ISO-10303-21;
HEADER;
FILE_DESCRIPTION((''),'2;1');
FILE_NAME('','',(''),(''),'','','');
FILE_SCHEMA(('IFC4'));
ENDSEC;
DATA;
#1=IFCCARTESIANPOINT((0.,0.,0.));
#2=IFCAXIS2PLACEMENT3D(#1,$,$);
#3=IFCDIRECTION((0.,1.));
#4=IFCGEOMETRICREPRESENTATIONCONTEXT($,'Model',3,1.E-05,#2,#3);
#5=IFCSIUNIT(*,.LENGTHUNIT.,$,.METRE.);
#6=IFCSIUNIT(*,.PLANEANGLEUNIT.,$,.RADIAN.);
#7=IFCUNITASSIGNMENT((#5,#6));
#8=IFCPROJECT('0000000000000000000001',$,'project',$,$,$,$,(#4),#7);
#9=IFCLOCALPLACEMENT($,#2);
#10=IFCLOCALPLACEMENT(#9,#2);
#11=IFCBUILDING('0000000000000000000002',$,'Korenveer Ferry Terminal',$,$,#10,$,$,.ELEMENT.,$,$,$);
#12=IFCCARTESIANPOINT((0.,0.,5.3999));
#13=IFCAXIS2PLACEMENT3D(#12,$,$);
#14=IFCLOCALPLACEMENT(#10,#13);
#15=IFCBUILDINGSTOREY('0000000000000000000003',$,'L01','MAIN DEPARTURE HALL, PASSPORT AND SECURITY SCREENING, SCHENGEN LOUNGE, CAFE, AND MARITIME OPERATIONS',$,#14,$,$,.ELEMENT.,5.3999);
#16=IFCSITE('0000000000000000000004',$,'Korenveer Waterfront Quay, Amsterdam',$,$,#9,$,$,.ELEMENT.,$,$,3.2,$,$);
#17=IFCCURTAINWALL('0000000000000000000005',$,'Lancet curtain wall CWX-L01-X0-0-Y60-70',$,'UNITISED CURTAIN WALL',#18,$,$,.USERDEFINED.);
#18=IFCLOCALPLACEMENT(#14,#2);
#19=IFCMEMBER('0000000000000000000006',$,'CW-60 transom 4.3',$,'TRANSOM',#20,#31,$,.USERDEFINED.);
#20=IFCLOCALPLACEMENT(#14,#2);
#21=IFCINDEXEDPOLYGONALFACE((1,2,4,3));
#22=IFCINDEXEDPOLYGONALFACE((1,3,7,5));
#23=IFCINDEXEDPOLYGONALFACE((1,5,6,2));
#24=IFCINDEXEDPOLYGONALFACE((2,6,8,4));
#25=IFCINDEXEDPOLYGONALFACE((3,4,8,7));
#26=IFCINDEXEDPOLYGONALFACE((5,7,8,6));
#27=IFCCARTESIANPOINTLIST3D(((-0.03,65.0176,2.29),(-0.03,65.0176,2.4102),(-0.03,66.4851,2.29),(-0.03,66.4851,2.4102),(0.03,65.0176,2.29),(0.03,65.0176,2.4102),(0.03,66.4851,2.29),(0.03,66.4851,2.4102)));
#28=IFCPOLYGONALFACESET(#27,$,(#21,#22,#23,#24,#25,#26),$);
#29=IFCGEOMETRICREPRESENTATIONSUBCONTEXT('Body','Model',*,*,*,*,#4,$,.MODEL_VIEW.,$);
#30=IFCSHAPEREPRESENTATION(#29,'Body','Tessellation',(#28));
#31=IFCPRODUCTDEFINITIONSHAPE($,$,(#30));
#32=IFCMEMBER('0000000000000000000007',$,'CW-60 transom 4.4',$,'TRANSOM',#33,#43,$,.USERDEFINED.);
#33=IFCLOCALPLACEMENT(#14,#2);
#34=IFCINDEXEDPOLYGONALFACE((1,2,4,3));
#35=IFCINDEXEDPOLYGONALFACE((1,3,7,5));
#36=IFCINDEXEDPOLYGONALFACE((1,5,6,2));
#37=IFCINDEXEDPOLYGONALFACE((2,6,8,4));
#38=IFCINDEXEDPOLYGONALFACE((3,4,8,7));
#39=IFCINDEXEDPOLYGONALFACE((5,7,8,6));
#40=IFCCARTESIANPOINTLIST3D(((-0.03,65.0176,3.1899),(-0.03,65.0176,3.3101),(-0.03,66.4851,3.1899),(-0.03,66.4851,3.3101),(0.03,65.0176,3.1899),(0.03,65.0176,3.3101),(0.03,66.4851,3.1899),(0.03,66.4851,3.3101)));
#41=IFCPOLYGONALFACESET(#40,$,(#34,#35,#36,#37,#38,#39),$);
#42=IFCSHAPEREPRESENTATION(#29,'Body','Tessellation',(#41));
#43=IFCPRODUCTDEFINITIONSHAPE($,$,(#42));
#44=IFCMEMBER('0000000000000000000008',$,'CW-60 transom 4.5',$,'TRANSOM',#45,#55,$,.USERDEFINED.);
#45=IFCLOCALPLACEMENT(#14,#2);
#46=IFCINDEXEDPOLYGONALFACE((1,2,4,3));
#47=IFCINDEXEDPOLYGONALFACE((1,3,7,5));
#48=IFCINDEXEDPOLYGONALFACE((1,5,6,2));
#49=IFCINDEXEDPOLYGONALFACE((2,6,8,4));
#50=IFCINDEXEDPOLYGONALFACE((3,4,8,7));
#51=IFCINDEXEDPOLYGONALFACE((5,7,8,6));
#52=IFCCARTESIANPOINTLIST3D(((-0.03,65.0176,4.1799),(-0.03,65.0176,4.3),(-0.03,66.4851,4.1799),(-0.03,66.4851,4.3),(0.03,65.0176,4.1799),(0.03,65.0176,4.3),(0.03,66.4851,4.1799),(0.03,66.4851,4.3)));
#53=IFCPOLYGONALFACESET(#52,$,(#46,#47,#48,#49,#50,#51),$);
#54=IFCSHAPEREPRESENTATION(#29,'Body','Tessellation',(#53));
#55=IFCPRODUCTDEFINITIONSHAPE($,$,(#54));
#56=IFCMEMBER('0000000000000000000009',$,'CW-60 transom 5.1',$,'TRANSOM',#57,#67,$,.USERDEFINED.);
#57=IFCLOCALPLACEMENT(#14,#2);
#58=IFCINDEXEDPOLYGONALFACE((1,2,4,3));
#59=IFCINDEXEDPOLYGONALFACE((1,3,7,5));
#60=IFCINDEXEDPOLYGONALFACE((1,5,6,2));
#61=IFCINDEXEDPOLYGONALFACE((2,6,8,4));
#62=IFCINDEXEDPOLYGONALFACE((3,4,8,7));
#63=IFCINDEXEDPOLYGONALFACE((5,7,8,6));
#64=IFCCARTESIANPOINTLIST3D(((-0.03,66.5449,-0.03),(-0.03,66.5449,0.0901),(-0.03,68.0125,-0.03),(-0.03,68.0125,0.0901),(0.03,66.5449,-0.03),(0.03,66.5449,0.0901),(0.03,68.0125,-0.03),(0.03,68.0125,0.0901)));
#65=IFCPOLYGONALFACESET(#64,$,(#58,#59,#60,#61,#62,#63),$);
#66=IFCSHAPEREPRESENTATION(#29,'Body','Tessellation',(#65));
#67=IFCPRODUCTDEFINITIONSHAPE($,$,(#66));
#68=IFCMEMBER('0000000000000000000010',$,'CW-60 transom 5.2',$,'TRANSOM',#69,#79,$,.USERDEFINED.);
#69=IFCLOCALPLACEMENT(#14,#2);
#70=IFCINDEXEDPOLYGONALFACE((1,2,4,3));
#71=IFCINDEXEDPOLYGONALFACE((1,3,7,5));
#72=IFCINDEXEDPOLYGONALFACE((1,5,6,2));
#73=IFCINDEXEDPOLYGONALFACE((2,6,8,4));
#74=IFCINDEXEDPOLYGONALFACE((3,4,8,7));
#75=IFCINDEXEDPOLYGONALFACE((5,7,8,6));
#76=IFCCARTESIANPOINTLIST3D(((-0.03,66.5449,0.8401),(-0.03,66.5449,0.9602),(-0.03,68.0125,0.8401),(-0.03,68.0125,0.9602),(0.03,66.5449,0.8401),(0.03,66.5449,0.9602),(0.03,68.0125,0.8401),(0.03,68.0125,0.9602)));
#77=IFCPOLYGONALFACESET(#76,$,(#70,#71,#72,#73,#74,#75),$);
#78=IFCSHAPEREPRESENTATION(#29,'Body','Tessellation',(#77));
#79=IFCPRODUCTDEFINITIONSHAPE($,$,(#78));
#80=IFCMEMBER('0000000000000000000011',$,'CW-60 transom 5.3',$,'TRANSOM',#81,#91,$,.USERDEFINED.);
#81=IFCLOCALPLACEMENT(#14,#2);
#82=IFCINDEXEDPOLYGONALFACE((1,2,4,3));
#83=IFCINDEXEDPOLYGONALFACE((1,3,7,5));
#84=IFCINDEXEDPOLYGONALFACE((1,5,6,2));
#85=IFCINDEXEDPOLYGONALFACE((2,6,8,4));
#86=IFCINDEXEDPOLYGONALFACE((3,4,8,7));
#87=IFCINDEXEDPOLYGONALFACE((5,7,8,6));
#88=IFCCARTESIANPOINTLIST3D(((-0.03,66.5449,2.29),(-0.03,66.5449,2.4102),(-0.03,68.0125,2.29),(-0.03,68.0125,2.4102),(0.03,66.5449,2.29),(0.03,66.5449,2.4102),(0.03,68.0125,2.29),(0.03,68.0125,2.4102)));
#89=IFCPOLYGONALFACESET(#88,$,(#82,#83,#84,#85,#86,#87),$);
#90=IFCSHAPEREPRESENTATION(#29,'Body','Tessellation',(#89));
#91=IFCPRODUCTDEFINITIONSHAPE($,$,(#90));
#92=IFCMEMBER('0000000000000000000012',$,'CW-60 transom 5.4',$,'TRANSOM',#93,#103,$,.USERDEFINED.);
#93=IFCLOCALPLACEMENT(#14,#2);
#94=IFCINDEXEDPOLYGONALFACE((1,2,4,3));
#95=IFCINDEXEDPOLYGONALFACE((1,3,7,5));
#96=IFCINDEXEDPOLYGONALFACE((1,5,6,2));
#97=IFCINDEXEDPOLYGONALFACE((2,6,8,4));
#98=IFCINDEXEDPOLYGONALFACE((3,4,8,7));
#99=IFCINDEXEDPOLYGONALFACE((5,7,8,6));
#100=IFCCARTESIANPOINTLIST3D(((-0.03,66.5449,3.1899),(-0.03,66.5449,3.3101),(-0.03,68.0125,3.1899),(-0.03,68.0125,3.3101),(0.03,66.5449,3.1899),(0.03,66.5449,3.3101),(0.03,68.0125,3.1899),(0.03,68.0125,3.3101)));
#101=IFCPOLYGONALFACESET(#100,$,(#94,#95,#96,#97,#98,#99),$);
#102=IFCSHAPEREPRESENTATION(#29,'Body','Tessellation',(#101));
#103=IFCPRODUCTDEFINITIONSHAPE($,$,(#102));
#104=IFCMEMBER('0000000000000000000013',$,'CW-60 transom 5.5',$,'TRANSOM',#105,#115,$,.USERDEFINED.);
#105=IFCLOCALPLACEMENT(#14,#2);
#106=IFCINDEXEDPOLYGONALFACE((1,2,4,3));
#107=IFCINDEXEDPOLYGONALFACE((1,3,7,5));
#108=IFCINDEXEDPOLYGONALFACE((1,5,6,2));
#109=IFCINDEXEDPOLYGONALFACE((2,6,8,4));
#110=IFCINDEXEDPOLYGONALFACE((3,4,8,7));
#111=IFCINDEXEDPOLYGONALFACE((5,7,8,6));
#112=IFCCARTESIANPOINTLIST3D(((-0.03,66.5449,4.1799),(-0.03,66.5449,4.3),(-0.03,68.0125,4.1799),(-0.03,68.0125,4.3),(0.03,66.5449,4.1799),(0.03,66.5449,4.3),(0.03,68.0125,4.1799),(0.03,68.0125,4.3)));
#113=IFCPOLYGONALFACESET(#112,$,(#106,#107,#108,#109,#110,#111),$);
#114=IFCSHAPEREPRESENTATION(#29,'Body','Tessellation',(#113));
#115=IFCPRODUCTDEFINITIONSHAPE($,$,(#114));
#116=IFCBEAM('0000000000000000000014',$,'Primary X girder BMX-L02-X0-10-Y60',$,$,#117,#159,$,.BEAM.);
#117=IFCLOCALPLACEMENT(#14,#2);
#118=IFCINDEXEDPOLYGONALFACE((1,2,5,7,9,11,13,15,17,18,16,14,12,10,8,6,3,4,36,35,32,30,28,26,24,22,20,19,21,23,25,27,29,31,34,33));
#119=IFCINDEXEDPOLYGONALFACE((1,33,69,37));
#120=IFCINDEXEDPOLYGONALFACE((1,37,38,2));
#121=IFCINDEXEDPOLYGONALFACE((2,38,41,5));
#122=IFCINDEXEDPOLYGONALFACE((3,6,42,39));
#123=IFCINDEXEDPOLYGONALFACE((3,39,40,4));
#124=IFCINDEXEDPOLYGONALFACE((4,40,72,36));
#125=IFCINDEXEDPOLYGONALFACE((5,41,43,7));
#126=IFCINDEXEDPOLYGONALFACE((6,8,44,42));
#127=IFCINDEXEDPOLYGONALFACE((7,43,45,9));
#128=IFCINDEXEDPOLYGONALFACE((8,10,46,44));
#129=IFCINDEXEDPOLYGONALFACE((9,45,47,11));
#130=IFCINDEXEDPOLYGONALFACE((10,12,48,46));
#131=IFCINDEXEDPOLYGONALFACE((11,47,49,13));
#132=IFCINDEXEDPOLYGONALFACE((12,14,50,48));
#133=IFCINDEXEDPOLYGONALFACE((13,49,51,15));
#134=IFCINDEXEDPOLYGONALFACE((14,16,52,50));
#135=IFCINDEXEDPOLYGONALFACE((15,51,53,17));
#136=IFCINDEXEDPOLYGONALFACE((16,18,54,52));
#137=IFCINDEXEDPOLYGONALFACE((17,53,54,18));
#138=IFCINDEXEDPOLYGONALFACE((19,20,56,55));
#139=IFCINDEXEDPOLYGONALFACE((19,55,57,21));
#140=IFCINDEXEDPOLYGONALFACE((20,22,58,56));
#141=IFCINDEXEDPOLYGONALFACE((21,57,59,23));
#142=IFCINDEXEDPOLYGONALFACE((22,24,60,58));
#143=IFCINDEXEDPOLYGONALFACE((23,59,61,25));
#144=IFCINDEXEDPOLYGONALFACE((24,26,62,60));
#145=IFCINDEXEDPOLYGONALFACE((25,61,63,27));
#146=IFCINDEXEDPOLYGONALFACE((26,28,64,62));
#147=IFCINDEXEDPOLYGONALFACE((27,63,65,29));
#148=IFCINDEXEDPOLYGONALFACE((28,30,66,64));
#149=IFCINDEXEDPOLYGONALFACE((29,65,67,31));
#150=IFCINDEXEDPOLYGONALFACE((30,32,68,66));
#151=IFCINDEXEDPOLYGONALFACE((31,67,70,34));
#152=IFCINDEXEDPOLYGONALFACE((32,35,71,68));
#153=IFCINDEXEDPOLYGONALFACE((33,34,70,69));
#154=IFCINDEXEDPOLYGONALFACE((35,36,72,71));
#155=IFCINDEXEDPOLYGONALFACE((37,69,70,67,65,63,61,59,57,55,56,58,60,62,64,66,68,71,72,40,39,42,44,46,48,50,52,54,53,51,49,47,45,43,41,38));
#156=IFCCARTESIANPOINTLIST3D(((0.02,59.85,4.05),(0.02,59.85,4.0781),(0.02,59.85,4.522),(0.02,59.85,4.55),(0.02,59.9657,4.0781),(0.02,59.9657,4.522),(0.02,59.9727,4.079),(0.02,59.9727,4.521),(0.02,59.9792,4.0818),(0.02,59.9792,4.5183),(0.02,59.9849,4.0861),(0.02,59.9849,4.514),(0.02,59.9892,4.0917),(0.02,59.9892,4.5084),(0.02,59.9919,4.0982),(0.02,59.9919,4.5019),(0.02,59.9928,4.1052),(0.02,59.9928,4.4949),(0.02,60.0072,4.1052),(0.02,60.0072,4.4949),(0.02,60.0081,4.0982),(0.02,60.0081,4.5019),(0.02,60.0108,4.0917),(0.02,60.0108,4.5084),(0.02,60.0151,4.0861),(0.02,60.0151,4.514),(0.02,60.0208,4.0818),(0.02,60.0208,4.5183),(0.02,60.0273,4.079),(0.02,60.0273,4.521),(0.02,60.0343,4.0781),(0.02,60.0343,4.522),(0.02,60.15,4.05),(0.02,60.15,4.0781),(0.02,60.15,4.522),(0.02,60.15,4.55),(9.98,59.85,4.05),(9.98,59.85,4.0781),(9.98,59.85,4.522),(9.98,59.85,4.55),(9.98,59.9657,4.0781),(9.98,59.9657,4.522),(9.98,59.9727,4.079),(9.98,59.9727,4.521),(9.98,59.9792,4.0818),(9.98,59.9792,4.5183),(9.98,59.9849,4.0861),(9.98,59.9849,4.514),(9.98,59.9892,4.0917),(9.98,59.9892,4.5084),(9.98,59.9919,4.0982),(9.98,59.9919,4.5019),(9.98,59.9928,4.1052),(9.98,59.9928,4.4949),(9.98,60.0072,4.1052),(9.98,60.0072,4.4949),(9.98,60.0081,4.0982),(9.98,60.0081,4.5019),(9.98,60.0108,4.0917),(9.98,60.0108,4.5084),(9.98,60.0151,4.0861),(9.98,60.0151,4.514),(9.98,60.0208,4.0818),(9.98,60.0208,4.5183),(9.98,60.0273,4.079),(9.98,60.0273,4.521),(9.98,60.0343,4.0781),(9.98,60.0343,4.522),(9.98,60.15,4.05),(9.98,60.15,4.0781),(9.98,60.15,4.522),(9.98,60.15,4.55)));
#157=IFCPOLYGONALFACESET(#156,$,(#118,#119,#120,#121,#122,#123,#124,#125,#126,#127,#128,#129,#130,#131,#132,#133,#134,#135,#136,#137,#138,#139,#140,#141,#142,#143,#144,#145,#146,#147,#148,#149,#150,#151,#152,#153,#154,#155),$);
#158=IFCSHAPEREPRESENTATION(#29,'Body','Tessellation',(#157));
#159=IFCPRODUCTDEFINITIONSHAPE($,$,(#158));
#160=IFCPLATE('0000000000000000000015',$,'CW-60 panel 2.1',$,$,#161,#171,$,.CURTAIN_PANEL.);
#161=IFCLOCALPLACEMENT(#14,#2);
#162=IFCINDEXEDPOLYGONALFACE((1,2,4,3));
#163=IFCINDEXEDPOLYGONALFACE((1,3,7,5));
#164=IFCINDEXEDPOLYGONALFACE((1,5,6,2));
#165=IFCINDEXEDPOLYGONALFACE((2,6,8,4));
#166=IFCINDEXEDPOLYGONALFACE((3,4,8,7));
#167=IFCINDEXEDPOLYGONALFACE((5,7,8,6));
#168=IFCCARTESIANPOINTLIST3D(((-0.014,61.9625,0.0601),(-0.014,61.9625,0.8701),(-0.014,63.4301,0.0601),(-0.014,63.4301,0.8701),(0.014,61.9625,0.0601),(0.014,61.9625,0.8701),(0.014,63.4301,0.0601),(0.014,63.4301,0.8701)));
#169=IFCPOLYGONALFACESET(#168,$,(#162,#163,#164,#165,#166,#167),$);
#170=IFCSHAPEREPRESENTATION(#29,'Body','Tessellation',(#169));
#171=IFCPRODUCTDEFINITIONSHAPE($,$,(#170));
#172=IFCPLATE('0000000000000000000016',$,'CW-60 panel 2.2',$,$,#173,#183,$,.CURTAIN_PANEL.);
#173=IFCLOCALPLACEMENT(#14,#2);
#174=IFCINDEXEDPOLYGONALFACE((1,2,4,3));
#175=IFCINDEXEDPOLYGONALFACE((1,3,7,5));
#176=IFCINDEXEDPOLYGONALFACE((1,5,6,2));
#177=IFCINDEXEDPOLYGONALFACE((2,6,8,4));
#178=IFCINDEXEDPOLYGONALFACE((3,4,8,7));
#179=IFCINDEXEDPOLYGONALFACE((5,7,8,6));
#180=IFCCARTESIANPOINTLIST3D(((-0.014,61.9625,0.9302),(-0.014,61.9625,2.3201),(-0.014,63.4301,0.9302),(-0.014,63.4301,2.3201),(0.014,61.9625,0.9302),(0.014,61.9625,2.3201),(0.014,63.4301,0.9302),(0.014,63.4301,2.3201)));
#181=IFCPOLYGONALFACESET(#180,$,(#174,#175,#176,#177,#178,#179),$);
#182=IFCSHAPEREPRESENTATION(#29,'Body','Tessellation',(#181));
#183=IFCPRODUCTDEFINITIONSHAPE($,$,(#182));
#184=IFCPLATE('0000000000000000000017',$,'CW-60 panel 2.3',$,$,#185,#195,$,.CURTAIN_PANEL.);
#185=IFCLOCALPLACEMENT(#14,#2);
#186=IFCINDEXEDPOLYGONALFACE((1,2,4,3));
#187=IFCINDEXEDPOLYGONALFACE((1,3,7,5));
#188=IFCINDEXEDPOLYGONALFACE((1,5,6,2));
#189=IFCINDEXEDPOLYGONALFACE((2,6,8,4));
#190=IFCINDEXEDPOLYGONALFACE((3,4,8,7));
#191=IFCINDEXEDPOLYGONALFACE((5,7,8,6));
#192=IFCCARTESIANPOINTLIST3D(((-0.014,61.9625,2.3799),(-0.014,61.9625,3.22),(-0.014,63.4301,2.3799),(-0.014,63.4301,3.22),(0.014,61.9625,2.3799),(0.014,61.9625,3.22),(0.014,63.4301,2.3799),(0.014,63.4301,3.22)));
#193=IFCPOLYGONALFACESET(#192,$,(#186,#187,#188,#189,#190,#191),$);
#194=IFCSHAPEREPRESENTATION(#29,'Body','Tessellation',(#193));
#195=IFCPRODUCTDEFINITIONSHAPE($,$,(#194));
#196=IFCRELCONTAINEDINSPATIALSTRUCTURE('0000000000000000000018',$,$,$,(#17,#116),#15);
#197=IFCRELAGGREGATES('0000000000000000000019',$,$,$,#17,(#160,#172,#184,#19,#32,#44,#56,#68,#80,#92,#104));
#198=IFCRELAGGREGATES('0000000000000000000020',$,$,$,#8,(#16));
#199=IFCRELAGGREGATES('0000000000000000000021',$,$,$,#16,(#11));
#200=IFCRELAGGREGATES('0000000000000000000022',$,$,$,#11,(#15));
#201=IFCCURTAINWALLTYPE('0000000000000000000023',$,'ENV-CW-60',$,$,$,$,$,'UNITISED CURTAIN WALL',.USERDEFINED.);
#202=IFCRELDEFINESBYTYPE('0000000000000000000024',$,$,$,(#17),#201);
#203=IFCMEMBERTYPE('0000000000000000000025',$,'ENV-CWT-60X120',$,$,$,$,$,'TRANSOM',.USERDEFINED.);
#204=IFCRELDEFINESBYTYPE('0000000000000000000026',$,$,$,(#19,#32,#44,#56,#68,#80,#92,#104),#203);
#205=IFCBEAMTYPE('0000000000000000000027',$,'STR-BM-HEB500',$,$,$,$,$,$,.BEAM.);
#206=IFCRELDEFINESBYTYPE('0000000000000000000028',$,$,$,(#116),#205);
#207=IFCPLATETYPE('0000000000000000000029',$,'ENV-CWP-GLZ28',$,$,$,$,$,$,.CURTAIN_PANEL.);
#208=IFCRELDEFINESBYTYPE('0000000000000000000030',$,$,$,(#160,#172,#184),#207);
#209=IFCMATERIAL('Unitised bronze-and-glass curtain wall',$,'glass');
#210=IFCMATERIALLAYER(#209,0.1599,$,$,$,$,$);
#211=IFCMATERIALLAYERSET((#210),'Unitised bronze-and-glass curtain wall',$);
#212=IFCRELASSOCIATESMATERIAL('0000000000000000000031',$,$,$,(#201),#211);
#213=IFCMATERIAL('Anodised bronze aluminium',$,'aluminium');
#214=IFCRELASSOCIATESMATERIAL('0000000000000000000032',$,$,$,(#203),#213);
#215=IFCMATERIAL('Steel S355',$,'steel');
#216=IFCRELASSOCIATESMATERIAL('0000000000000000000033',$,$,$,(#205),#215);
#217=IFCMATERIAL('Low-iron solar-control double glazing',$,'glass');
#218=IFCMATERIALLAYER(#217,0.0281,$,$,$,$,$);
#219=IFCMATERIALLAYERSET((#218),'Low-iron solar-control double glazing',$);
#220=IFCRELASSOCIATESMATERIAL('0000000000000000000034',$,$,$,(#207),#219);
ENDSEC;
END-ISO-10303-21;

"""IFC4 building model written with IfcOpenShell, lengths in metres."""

from ifc_helpers import new_model, si_unit, direction, frame, origin, origin_2d, place, context, subcontext, project, spatial, rectangle, i_section, extrude, material, layer, layer_set, material_profile, profile_set, type_object, element, aggregate, save


model = new_model("IFC4")

# Units and contexts
model_context = context("Model", 3, precision=1e-05, world=origin(), true_north=direction((0.0, 1.0)))
body_context = subcontext(model_context, "Body", "Model", "MODEL_VIEW")
ifc_project = project(units=[si_unit("LENGTHUNIT", "METRE"), si_unit("PLANEANGLEUNIT", "RADIAN")], contexts=[model_context])

# Site, building, storey
site_placement = place(None, origin())
site = spatial("IfcSite", under=ifc_project, at=site_placement, Name="Korenveer Waterfront Quay, Amsterdam", CompositionType="ELEMENT", RefElevation=3.2)
building_placement = place(site_placement, origin())
building = spatial("IfcBuilding", under=site, at=building_placement, Name="Korenveer Ferry Terminal", CompositionType="ELEMENT")
storey_placement = place(building_placement, frame((0.0, 0.0, 5.3999)))
storey = spatial("IfcBuildingStorey", under=building, at=storey_placement, Name="L01", Description="MAIN DEPARTURE HALL, PASSPORT AND SECURITY SCREENING, SCHENGEN LOUNGE, CAFE, AND MARITIME OPERATIONS", CompositionType="ELEMENT", Elevation=5.3999)

# Curtain wall, members
ifc_material_1 = material(Name="Unitised bronze-and-glass curtain wall", Category="glass")
ifc_layer_1 = layer(ifc_material_1, 0.1599)
ifc_layer_set_1 = layer_set([ifc_layer_1], Name="Unitised bronze-and-glass curtain wall")
curtain_wall_type = type_object("IfcCurtainWallType", Name="ENV-CW-60", ElementType="UNITISED CURTAIN WALL", PredefinedType="USERDEFINED", material=ifc_layer_set_1)
curtain_wall_placement = place(storey_placement, frame((0.0, 60.405, 0.0)))
curtain_wall = element("IfcCurtainWall", 1, at=curtain_wall_placement, inside=storey, type_object=curtain_wall_type, Name="Lancet curtain wall CWX-L01-X0-0-Y60-70", ObjectType="UNITISED CURTAIN WALL", PredefinedType="USERDEFINED")
ifc_material_2 = material(Name="Anodised bronze aluminium", Category="aluminium")
ifc_material_profile_1 = material_profile(ifc_material_2, rectangle(XDim=0.0601, YDim=0.1201, at=origin_2d()), Name="ALU 60x120")
ifc_profile_set_1 = profile_set([ifc_material_profile_1], Name="Anodised bronze aluminium")
member_type_1 = type_object("IfcMemberType", Name="ENV-CWT-60X120", ElementType="TRANSOM", PredefinedType="USERDEFINED", material=ifc_profile_set_1)
member_1_placement = place(storey_placement, frame((0.0, 65.0176, 2.3501), z_axis=(0.0, 1.0, 0.0), x_axis=(-1.0, 0.0, 0.0)))
member_1 = element("IfcMember", 2, at=member_1_placement, type_object=member_type_1, Name="CW-60 transom 4.3", ObjectType="TRANSOM", PredefinedType="USERDEFINED", context=body_context, shape_type="SweptSolid", body=[
    extrude(rectangle(XDim=0.0601, YDim=0.1201, at=origin_2d()), origin(), (0.0, 0.0, 1.0), 1.4675),
])
member_2_placement = place(storey_placement, frame((0.0, 65.0176, 3.25), z_axis=(0.0, 1.0, 0.0), x_axis=(-1.0, 0.0, 0.0)))
member_2 = element("IfcMember", 3, at=member_2_placement, type_object=member_type_1, Name="CW-60 transom 4.4", ObjectType="TRANSOM", PredefinedType="USERDEFINED", context=body_context, shape_type="SweptSolid", body=[
    extrude(rectangle(XDim=0.0601, YDim=0.1201, at=origin_2d()), origin(), (0.0, 0.0, 1.0), 1.4675),
])
member_3_placement = place(storey_placement, frame((0.0, 65.0176, 4.24), z_axis=(0.0, 1.0, 0.0), x_axis=(-1.0, 0.0, 0.0)))
member_3 = element("IfcMember", 4, at=member_3_placement, type_object=member_type_1, Name="CW-60 transom 4.5", ObjectType="TRANSOM", PredefinedType="USERDEFINED", context=body_context, shape_type="SweptSolid", body=[
    extrude(rectangle(XDim=0.0601, YDim=0.1201, at=origin_2d()), origin(), (0.0, 0.0, 1.0), 1.4675),
])
member_4_placement = place(storey_placement, frame((0.0, 66.5449, 0.03), z_axis=(0.0, 1.0, 0.0), x_axis=(-1.0, 0.0, 0.0)))
member_4 = element("IfcMember", 5, at=member_4_placement, type_object=member_type_1, Name="CW-60 transom 5.1", ObjectType="TRANSOM", PredefinedType="USERDEFINED", context=body_context, shape_type="SweptSolid", body=[
    extrude(rectangle(XDim=0.0601, YDim=0.1201, at=origin_2d()), origin(), (0.0, 0.0, 1.0), 1.4675),
])
member_5_placement = place(storey_placement, frame((0.0, 66.5449, 0.9001), z_axis=(0.0, 1.0, 0.0), x_axis=(-1.0, 0.0, 0.0)))
member_5 = element("IfcMember", 6, at=member_5_placement, type_object=member_type_1, Name="CW-60 transom 5.2", ObjectType="TRANSOM", PredefinedType="USERDEFINED", context=body_context, shape_type="SweptSolid", body=[
    extrude(rectangle(XDim=0.0601, YDim=0.1201, at=origin_2d()), origin(), (0.0, 0.0, 1.0), 1.4675),
])
member_6_placement = place(storey_placement, frame((0.0, 66.5449, 2.3501), z_axis=(0.0, 1.0, 0.0), x_axis=(-1.0, 0.0, 0.0)))
member_6 = element("IfcMember", 7, at=member_6_placement, type_object=member_type_1, Name="CW-60 transom 5.3", ObjectType="TRANSOM", PredefinedType="USERDEFINED", context=body_context, shape_type="SweptSolid", body=[
    extrude(rectangle(XDim=0.0601, YDim=0.1201, at=origin_2d()), origin(), (0.0, 0.0, 1.0), 1.4675),
])
member_7_placement = place(storey_placement, frame((0.0, 66.5449, 3.25), z_axis=(0.0, 1.0, 0.0), x_axis=(-1.0, 0.0, 0.0)))
member_7 = element("IfcMember", 8, at=member_7_placement, type_object=member_type_1, Name="CW-60 transom 5.4", ObjectType="TRANSOM", PredefinedType="USERDEFINED", context=body_context, shape_type="SweptSolid", body=[
    extrude(rectangle(XDim=0.0601, YDim=0.1201, at=origin_2d()), origin(), (0.0, 0.0, 1.0), 1.4675),
])
member_8_placement = place(storey_placement, frame((0.0, 66.5449, 4.24), z_axis=(0.0, 1.0, 0.0), x_axis=(-1.0, 0.0, 0.0)))
member_8 = element("IfcMember", 9, at=member_8_placement, type_object=member_type_1, Name="CW-60 transom 5.5", ObjectType="TRANSOM", PredefinedType="USERDEFINED", context=body_context, shape_type="SweptSolid", body=[
    extrude(rectangle(XDim=0.0601, YDim=0.1201, at=origin_2d()), origin(), (0.0, 0.0, 1.0), 1.4675),
])

# Beam
ifc_material_3 = material(Name="Steel S355", Category="steel")
ifc_material_profile_2 = material_profile(ifc_material_3, i_section(OverallWidth=0.3, OverallDepth=0.5, WebThickness=0.0144, FlangeThickness=0.0281, FilletRadius=0.0271, at=origin_2d()), Name="HEB 500")
ifc_profile_set_2 = profile_set([ifc_material_profile_2], Name="Steel S355")
beam_type = type_object("IfcBeamType", Name="STR-BM-HEB500", PredefinedType="BEAM", material=ifc_profile_set_2)
beam_placement = place(storey_placement, frame((0.02, 60.0, 4.3), z_axis=(1.0, 0.0, 0.0), x_axis=(0.0, 1.0, 0.0)))
element("IfcBeam", 10, at=beam_placement, inside=storey, type_object=beam_type, Name="Primary X girder BMX-L02-X0-10-Y60", PredefinedType="BEAM", context=body_context, shape_type="SweptSolid", body=[
    extrude(i_section(OverallWidth=0.3, OverallDepth=0.5, WebThickness=0.0144, FlangeThickness=0.0281, FilletRadius=0.0271, at=origin_2d()), origin(), (0.0, 0.0, 1.0), 9.96),
])

# Plates
ifc_material_4 = material(Name="Low-iron solar-control double glazing", Category="glass")
ifc_layer_2 = layer(ifc_material_4, 0.0281)
ifc_layer_set_2 = layer_set([ifc_layer_2], Name="Low-iron solar-control double glazing")
plate_type = type_object("IfcPlateType", Name="ENV-CWP-GLZ28", PredefinedType="CURTAIN_PANEL", material=ifc_layer_set_2)
plate_1_placement = place(storey_placement, frame((0.0, 62.6963, 0.0601), z_axis=(0.0, 0.0, 1.0), x_axis=(0.0, 1.0, 0.0)))
plate_1 = element("IfcPlate", 11, at=plate_1_placement, type_object=plate_type, Name="CW-60 panel 2.1", PredefinedType="CURTAIN_PANEL", context=body_context, shape_type="SweptSolid", body=[
    extrude(rectangle(XDim=1.4675, YDim=0.0281, at=origin_2d()), origin(), (0.0, 0.0, 1.0), 0.8101),
])
plate_2_placement = place(storey_placement, frame((0.0, 62.6963, 0.9302), z_axis=(0.0, 0.0, 1.0), x_axis=(0.0, 1.0, 0.0)))
plate_2 = element("IfcPlate", 12, at=plate_2_placement, type_object=plate_type, Name="CW-60 panel 2.2", PredefinedType="CURTAIN_PANEL", context=body_context, shape_type="SweptSolid", body=[
    extrude(rectangle(XDim=1.4675, YDim=0.0281, at=origin_2d()), origin(), (0.0, 0.0, 1.0), 1.3899),
])
plate_3_placement = place(storey_placement, frame((0.0, 62.6963, 2.3799), z_axis=(0.0, 0.0, 1.0), x_axis=(0.0, 1.0, 0.0)))
plate_3 = element("IfcPlate", 13, at=plate_3_placement, type_object=plate_type, Name="CW-60 panel 2.3", PredefinedType="CURTAIN_PANEL", context=body_context, shape_type="SweptSolid", body=[
    extrude(rectangle(XDim=1.4675, YDim=0.0281, at=origin_2d()), origin(), (0.0, 0.0, 1.0), 0.8401),
])
aggregate(curtain_wall, [plate_1, plate_2, plate_3, member_1, member_2, member_3, member_4, member_5, member_6, member_7, member_8])

save(model, "model.ifc")
